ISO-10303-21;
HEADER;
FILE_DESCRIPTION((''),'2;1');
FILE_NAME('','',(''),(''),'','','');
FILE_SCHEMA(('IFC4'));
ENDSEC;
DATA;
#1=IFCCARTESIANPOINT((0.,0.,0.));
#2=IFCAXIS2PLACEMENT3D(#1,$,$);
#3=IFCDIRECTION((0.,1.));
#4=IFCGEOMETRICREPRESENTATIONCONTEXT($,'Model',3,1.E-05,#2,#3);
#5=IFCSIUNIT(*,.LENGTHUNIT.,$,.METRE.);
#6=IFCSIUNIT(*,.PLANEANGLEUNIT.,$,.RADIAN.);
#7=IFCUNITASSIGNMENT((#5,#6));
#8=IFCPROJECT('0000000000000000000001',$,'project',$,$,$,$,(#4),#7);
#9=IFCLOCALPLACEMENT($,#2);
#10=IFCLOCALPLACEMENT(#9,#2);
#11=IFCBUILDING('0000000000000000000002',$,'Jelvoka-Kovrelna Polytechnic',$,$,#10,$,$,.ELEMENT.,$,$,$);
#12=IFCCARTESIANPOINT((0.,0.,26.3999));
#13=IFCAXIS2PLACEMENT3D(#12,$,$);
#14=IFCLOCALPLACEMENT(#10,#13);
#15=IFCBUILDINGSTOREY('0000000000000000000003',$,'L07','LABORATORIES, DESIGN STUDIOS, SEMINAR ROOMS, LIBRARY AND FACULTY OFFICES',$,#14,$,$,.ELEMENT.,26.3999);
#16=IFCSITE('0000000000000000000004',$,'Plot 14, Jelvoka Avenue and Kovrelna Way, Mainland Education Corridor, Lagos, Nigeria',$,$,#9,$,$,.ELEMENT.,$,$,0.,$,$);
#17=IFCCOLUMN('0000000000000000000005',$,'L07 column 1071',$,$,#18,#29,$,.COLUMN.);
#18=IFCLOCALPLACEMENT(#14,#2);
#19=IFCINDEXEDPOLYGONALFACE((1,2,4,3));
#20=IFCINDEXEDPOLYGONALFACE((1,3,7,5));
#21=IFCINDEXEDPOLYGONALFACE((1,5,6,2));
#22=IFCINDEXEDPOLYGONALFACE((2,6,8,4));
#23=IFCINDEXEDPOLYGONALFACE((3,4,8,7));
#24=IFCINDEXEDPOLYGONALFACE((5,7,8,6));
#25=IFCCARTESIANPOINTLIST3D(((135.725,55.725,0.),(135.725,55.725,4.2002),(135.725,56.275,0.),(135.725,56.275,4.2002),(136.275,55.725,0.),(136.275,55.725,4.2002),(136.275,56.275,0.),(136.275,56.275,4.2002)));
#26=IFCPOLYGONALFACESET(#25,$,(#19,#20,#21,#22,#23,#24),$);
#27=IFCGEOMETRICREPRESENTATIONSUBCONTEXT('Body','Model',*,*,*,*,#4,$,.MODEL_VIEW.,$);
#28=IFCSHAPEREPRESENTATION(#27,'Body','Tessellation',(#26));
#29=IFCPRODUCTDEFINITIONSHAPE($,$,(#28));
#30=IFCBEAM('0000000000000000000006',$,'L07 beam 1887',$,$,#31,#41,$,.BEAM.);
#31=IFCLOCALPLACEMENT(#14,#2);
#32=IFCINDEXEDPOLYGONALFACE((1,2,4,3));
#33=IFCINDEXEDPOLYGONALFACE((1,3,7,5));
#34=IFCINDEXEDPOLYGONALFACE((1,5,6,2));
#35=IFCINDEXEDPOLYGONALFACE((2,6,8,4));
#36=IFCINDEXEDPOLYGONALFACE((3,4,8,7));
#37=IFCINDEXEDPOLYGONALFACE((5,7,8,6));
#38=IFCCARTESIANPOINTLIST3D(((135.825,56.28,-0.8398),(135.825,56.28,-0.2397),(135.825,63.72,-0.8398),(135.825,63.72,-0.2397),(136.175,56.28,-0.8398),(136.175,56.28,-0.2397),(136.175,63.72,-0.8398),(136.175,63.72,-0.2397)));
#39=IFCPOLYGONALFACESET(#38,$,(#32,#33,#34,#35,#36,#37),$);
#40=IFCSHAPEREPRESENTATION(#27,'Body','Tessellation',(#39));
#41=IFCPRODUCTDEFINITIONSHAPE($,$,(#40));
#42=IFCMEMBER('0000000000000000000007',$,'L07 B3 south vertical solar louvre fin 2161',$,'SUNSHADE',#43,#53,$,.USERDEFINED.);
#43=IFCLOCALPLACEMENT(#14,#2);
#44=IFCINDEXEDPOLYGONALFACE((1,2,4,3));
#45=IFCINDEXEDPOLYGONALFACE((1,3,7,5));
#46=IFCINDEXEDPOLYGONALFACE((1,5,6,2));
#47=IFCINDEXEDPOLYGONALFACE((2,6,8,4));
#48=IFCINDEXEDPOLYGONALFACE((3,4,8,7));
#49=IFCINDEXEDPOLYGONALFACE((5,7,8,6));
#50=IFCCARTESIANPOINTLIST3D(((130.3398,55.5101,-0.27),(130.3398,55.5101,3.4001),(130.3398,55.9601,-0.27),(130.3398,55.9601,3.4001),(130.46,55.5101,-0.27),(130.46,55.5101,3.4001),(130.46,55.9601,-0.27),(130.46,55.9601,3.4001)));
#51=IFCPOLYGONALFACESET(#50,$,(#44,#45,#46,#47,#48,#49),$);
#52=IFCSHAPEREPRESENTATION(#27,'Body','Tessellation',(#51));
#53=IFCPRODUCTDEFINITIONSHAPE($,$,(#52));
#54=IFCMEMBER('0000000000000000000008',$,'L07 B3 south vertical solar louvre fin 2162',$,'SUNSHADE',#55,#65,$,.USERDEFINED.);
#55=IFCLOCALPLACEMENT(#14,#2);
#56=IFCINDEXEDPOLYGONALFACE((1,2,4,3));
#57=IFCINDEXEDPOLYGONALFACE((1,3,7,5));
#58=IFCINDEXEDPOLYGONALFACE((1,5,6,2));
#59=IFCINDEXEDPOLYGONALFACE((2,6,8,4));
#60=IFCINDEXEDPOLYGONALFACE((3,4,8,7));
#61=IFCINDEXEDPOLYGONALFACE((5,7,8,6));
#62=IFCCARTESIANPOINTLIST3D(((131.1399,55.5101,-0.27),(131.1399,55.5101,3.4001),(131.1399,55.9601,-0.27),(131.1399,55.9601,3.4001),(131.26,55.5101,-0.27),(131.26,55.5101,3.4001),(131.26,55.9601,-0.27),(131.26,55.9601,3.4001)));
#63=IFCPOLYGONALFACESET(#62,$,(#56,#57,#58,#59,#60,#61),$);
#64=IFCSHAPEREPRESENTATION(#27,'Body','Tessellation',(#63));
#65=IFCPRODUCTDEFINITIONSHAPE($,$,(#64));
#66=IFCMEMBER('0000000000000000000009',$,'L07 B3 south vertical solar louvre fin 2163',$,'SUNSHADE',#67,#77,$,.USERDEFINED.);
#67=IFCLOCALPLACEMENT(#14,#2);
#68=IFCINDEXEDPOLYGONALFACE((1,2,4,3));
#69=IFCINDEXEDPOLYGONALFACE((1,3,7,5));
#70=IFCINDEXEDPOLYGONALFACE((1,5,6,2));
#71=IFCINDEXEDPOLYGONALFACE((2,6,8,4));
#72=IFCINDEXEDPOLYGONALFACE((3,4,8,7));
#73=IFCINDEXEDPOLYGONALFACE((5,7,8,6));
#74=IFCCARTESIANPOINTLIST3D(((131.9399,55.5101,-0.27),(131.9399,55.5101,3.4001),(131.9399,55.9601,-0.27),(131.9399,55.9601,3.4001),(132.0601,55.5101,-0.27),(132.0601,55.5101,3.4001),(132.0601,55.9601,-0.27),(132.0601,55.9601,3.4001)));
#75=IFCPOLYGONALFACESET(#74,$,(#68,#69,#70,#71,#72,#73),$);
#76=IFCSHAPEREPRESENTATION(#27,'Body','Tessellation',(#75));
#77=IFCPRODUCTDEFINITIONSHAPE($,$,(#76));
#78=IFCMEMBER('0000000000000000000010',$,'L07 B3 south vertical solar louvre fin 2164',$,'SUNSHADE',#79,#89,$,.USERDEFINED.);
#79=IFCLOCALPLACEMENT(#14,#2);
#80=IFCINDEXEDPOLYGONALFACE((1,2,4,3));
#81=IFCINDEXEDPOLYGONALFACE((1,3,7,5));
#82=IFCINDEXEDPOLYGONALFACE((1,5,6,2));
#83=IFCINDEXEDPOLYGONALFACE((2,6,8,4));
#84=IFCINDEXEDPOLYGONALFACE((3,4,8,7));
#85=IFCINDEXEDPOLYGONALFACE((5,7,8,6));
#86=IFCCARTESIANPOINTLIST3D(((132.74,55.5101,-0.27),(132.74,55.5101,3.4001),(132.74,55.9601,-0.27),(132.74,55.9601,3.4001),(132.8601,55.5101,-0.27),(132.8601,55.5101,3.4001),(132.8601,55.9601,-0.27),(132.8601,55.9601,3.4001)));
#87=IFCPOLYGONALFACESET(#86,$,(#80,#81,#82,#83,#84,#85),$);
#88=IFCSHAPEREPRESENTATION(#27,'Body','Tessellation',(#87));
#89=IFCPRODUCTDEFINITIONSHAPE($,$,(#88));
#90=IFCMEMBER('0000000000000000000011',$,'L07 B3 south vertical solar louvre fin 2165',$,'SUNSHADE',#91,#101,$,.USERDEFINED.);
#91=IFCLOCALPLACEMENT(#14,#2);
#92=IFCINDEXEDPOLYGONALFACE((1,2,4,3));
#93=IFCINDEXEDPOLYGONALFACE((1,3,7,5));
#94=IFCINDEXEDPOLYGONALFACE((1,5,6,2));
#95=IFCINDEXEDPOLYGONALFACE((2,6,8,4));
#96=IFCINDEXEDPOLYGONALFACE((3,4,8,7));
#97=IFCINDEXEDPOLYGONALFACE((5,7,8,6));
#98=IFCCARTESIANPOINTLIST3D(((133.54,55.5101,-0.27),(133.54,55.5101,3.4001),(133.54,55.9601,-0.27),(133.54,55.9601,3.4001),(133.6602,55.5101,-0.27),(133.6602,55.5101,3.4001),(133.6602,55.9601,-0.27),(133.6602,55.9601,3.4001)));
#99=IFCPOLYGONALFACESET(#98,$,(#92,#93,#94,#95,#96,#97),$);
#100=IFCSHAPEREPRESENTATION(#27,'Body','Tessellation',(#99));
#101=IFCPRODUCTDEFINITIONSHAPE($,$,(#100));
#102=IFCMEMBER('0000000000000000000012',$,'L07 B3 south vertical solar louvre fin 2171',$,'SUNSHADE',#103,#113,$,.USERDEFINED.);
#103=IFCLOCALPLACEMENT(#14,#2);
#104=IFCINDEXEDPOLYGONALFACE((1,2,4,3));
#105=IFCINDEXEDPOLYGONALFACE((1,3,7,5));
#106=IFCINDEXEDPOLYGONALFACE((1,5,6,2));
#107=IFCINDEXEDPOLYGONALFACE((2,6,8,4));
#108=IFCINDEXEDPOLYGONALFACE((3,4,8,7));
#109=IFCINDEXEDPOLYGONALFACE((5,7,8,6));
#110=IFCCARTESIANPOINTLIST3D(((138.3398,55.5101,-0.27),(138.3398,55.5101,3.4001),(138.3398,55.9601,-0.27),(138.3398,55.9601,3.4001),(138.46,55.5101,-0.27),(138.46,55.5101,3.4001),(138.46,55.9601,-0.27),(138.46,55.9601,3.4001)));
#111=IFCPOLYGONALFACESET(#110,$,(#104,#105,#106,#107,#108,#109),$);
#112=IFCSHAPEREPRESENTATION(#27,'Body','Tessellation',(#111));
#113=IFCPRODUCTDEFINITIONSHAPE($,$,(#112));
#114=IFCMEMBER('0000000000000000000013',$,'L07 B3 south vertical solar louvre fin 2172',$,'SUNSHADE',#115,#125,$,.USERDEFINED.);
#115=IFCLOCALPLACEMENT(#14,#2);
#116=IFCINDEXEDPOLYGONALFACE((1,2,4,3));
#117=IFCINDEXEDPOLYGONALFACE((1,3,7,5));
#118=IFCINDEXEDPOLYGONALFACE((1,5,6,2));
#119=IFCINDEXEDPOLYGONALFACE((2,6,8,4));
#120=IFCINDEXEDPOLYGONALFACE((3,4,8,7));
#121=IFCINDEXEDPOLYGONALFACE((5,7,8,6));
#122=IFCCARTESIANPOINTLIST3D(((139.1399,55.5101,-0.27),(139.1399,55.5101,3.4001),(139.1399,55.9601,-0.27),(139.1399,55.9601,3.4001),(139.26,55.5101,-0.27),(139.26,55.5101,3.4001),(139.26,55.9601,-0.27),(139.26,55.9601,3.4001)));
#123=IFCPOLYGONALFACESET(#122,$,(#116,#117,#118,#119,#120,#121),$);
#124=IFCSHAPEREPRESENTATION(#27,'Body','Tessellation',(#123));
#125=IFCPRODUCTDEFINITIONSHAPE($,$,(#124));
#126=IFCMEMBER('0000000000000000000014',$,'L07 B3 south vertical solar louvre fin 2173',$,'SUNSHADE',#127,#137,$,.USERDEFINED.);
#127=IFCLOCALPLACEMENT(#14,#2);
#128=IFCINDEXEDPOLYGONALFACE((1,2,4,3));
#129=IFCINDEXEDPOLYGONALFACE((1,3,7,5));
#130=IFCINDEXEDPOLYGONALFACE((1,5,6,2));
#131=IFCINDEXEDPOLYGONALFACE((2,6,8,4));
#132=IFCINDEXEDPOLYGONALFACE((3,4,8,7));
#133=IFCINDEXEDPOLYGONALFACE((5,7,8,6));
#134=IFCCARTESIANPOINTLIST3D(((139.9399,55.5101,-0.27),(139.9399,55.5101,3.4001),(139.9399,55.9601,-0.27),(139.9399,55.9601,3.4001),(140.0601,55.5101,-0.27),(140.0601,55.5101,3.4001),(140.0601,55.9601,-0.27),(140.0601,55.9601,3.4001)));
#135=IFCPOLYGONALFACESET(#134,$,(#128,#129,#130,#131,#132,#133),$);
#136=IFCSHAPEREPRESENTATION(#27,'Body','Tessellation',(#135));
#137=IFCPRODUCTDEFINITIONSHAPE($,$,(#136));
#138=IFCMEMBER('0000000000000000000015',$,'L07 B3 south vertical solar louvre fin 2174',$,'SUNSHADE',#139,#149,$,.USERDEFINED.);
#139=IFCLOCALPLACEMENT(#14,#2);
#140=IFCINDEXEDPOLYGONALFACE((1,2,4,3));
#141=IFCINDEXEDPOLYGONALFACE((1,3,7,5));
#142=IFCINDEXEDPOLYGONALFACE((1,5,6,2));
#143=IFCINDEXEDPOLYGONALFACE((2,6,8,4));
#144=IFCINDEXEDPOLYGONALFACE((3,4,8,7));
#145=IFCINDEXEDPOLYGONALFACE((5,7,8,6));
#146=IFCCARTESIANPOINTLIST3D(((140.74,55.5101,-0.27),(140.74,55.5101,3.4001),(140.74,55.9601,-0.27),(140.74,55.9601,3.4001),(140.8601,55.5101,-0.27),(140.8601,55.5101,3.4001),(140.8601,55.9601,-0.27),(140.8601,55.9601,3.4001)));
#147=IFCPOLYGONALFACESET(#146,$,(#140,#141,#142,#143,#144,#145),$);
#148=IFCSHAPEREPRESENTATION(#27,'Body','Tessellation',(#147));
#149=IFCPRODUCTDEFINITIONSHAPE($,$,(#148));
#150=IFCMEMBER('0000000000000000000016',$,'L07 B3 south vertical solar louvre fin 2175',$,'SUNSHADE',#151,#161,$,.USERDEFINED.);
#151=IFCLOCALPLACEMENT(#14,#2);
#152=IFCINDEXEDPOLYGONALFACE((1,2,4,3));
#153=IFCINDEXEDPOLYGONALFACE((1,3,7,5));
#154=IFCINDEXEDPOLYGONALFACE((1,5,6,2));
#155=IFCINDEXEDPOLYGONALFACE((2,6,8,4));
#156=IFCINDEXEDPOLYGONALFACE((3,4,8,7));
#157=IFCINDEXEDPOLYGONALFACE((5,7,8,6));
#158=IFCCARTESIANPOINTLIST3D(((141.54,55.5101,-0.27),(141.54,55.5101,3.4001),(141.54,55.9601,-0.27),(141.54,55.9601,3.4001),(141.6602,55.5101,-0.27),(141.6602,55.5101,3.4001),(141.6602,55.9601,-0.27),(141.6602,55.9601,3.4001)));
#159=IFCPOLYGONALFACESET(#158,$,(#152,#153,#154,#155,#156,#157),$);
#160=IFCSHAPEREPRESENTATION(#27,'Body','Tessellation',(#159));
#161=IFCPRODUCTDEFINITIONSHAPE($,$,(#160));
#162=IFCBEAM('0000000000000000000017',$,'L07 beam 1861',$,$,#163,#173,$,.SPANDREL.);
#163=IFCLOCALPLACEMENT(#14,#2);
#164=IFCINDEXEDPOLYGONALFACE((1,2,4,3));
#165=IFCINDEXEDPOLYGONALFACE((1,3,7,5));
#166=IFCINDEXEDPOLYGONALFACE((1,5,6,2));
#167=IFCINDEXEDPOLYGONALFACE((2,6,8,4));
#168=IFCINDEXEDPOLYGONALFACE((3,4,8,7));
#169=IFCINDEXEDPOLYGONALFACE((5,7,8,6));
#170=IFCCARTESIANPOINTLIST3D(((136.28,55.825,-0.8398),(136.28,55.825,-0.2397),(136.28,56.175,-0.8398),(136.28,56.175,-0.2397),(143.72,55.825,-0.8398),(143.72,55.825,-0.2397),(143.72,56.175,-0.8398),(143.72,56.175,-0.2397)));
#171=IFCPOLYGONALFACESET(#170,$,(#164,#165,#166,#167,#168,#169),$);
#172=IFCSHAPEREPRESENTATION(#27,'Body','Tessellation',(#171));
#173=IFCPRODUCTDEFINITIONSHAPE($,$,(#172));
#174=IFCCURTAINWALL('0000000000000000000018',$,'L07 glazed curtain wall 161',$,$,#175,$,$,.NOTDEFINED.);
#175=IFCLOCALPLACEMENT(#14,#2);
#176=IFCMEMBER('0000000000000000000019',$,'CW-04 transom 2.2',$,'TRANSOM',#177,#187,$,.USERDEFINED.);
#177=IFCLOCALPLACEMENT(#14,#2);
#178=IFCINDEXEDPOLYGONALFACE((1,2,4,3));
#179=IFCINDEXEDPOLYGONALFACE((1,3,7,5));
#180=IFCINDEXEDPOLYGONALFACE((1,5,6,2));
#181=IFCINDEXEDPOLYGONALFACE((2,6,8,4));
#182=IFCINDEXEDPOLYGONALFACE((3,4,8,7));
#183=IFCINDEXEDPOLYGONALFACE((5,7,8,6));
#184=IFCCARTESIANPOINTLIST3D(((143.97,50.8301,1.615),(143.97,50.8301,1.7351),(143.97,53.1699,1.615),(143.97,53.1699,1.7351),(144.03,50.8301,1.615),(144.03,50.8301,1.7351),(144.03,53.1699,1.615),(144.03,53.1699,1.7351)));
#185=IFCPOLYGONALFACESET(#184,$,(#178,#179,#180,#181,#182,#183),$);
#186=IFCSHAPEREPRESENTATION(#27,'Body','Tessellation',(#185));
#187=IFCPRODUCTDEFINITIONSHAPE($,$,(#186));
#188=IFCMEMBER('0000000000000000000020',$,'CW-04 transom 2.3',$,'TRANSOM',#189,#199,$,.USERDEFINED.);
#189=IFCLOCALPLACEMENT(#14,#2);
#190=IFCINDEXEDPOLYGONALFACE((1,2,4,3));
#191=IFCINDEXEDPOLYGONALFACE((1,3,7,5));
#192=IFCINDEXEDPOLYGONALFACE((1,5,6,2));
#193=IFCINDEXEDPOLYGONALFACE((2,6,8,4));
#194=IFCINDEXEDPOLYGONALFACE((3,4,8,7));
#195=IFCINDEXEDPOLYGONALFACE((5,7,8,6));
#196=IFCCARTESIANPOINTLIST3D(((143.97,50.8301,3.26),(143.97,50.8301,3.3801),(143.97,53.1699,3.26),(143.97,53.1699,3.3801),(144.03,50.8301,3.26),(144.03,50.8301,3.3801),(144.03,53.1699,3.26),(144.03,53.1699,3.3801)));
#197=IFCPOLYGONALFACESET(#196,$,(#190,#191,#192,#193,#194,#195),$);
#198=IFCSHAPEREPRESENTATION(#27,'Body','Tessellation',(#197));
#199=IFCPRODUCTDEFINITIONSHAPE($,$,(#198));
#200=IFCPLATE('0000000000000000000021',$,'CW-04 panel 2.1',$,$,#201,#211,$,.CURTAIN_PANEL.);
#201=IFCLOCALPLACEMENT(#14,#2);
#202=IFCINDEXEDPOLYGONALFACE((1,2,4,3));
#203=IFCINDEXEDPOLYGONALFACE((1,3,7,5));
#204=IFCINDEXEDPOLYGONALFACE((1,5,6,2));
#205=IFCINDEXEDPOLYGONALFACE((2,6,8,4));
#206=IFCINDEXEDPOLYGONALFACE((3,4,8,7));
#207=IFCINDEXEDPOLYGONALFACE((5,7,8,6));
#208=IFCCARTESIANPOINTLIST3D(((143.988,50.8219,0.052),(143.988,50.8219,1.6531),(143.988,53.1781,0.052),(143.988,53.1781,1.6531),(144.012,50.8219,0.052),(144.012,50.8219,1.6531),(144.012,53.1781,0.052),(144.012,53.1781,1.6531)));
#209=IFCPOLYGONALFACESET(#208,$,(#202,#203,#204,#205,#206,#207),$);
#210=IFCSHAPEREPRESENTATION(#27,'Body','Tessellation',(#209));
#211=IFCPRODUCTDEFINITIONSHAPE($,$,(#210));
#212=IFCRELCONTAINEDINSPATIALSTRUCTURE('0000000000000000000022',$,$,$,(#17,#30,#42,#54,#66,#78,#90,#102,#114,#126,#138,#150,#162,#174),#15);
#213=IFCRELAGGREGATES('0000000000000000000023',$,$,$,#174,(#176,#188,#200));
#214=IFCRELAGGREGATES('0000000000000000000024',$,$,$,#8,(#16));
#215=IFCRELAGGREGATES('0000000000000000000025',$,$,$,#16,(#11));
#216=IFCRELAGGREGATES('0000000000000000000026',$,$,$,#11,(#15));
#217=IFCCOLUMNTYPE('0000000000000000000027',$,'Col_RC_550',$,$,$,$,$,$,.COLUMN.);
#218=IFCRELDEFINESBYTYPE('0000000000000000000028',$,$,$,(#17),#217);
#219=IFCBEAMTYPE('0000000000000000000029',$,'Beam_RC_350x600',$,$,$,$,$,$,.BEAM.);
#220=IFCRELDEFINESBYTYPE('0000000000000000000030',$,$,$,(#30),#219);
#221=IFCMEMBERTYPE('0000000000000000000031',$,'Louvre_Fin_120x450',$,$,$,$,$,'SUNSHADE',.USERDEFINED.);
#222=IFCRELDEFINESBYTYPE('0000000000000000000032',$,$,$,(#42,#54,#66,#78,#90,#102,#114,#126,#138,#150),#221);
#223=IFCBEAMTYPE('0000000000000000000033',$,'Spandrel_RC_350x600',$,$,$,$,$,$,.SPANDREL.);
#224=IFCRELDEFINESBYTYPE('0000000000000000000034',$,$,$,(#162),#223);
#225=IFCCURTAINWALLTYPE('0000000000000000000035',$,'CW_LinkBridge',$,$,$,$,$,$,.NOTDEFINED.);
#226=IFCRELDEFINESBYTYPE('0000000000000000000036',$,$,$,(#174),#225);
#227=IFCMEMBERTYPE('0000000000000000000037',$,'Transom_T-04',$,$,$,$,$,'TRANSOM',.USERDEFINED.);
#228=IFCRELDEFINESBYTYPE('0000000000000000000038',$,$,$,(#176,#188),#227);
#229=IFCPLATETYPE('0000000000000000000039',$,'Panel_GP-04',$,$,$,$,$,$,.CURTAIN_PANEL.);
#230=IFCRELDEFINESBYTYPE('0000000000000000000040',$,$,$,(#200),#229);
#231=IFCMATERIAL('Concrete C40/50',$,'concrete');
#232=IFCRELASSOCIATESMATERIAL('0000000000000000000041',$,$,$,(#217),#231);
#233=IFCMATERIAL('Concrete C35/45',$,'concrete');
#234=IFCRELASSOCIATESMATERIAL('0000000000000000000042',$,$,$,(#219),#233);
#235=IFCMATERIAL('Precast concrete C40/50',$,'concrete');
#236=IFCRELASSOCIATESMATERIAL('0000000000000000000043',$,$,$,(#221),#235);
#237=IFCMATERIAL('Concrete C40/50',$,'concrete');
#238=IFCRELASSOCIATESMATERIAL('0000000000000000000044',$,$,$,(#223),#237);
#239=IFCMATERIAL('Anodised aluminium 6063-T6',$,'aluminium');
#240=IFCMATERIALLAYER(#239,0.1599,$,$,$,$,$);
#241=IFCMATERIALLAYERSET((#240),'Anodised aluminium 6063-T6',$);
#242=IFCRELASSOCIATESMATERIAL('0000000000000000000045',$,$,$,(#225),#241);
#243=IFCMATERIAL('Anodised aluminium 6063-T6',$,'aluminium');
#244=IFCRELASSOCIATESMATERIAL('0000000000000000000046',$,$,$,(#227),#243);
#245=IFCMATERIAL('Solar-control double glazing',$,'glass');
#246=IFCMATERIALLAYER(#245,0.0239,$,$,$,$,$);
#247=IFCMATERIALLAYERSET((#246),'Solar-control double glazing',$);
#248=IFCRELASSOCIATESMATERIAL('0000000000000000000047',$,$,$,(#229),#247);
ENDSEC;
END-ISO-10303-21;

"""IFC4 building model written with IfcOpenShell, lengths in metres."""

from ifc_helpers import new_model, si_unit, direction, frame, origin, origin_2d, place, context, subcontext, project, spatial, rectangle, extrude, material, layer, layer_set, material_profile, profile_set, type_object, element, aggregate, save


model = new_model("IFC4")

# Units and contexts
model_context = context("Model", 3, precision=1e-05, world=origin(), true_north=direction((0.0, 1.0)))
body_context = subcontext(model_context, "Body", "Model", "MODEL_VIEW")
ifc_project = project(units=[si_unit("LENGTHUNIT", "METRE"), si_unit("PLANEANGLEUNIT", "RADIAN")], contexts=[model_context])

# Site, building, storey
site_placement = place(None, origin())
site = spatial("IfcSite", under=ifc_project, at=site_placement, Name="Plot 14, Jelvoka Avenue and Kovrelna Way, Mainland Education Corridor, Lagos, Nigeria", CompositionType="ELEMENT", RefElevation=0.0)
building_placement = place(site_placement, origin())
building = spatial("IfcBuilding", under=site, at=building_placement, Name="Jelvoka-Kovrelna Polytechnic", CompositionType="ELEMENT")
storey_placement = place(building_placement, frame((0.0, 0.0, 26.3999)))
storey = spatial("IfcBuildingStorey", under=building, at=storey_placement, Name="L07", Description="LABORATORIES, DESIGN STUDIOS, SEMINAR ROOMS, LIBRARY AND FACULTY OFFICES", CompositionType="ELEMENT", Elevation=26.3999)

# Column
ifc_material_1 = material(Name="Concrete C40/50", Category="concrete")
ifc_material_profile_1 = material_profile(ifc_material_1, rectangle(XDim=0.55, YDim=0.55, at=origin_2d()), Name="RC 550x550")
ifc_profile_set_1 = profile_set([ifc_material_profile_1], Name="Concrete C40/50")
column_type = type_object("IfcColumnType", Name="Col_RC_550", PredefinedType="COLUMN", material=ifc_profile_set_1)
column_placement = place(storey_placement, frame((136.0, 56.0, 0.0), z_axis=(0.0, 0.0, 1.0), x_axis=(1.0, 0.0, 0.0)))
element("IfcColumn", 1, at=column_placement, inside=storey, type_object=column_type, Name="L07 column 1071", PredefinedType="COLUMN", context=body_context, shape_type="SweptSolid", body=[
    extrude(rectangle(XDim=0.55, YDim=0.55, at=origin_2d()), origin(), (0.0, 0.0, 1.0), 4.2002),
])

# Beam
ifc_material_2 = material(Name="Concrete C35/45", Category="concrete")
ifc_material_profile_2 = material_profile(ifc_material_2, rectangle(XDim=0.3501, YDim=0.6001, at=origin_2d()), Name="RC 350x600")
ifc_profile_set_2 = profile_set([ifc_material_profile_2], Name="Concrete C35/45")
beam_type_1 = type_object("IfcBeamType", Name="Beam_RC_350x600", PredefinedType="BEAM", material=ifc_profile_set_2)
beam_1_placement = place(storey_placement, frame((136.0, 56.28, -0.5398), z_axis=(0.0, 1.0, 0.0), x_axis=(-1.0, 0.0, 0.0)))
element("IfcBeam", 2, at=beam_1_placement, inside=storey, type_object=beam_type_1, Name="L07 beam 1887", PredefinedType="BEAM", context=body_context, shape_type="SweptSolid", body=[
    extrude(rectangle(XDim=0.3501, YDim=0.6001, at=origin_2d()), origin(), (0.0, 0.0, 1.0), 7.4399),
])

# Members
ifc_material_3 = material(Name="Precast concrete C40/50", Category="concrete")
ifc_material_profile_3 = material_profile(ifc_material_3, rectangle(XDim=0.1201, YDim=0.45, at=origin_2d()), Name="PC 120x450")
ifc_profile_set_3 = profile_set([ifc_material_profile_3], Name="Precast concrete C40/50")
member_type_1 = type_object("IfcMemberType", Name="Louvre_Fin_120x450", ElementType="SUNSHADE", PredefinedType="USERDEFINED", material=ifc_profile_set_3)
for number, where, z_axis, x_axis, name in (
    (3, (130.3999, 55.7351, -0.27), (0.0, 0.0, 1.0), (1.0, 0.0, 0.0), "L07 B3 south vertical solar louvre fin 2161"),
    (4, (131.2, 55.7351, -0.27), (0.0, 0.0, 1.0), (1.0, 0.0, 0.0), "L07 B3 south vertical solar louvre fin 2162"),
    (5, (132.0, 55.7351, -0.27), (0.0, 0.0, 1.0), (1.0, 0.0, 0.0), "L07 B3 south vertical solar louvre fin 2163"),
    (6, (132.8, 55.7351, -0.27), (0.0, 0.0, 1.0), (1.0, 0.0, 0.0), "L07 B3 south vertical solar louvre fin 2164"),
    (7, (133.6001, 55.7351, -0.27), (0.0, 0.0, 1.0), (1.0, 0.0, 0.0), "L07 B3 south vertical solar louvre fin 2165"),
    (8, (138.3999, 55.7351, -0.27), (0.0, 0.0, 1.0), (1.0, 0.0, 0.0), "L07 B3 south vertical solar louvre fin 2171"),
    (9, (139.2, 55.7351, -0.27), (0.0, 0.0, 1.0), (1.0, 0.0, 0.0), "L07 B3 south vertical solar louvre fin 2172"),
    (10, (140.0, 55.7351, -0.27), (0.0, 0.0, 1.0), (1.0, 0.0, 0.0), "L07 B3 south vertical solar louvre fin 2173"),
    (11, (140.8, 55.7351, -0.27), (0.0, 0.0, 1.0), (1.0, 0.0, 0.0), "L07 B3 south vertical solar louvre fin 2174"),
    (12, (141.6001, 55.7351, -0.27), (0.0, 0.0, 1.0), (1.0, 0.0, 0.0), "L07 B3 south vertical solar louvre fin 2175"),
):
    element("IfcMember", number, at=place(storey_placement, frame(where, z_axis=z_axis, x_axis=x_axis)), inside=storey, type_object=member_type_1, Name=name, ObjectType="SUNSHADE", PredefinedType="USERDEFINED", context=body_context, shape_type="SweptSolid", body=[
        extrude(rectangle(XDim=0.1201, YDim=0.45, at=origin_2d()), origin(), (0.0, 0.0, 1.0), 3.6702),
    ])

# Beam
ifc_material_4 = material(Name="Concrete C40/50", Category="concrete")
ifc_material_profile_4 = material_profile(ifc_material_4, rectangle(XDim=0.3501, YDim=0.6001, at=origin_2d()), Name="RC 350x600")
ifc_profile_set_4 = profile_set([ifc_material_profile_4], Name="Concrete C40/50")
beam_type_2 = type_object("IfcBeamType", Name="Spandrel_RC_350x600", PredefinedType="SPANDREL", material=ifc_profile_set_4)
beam_2_placement = place(storey_placement, frame((136.28, 56.0, -0.5398), z_axis=(1.0, 0.0, 0.0), x_axis=(0.0, 1.0, 0.0)))
element("IfcBeam", 13, at=beam_2_placement, inside=storey, type_object=beam_type_2, Name="L07 beam 1861", PredefinedType="SPANDREL", context=body_context, shape_type="SweptSolid", body=[
    extrude(rectangle(XDim=0.3501, YDim=0.6001, at=origin_2d()), origin(), (0.0, 0.0, 1.0), 7.4399),
])

# Curtain wall, members, plate
ifc_material_5 = material(Name="Anodised aluminium 6063-T6", Category="aluminium")
ifc_layer_1 = layer(ifc_material_5, 0.1599)
ifc_layer_set_1 = layer_set([ifc_layer_1], Name="Anodised aluminium 6063-T6")
curtain_wall_type = type_object("IfcCurtainWallType", Name="CW_LinkBridge", PredefinedType="NOTDEFINED", material=ifc_layer_set_1)
curtain_wall_placement = place(storey_placement, origin())
curtain_wall = element("IfcCurtainWall", 14, at=curtain_wall_placement, inside=storey, type_object=curtain_wall_type, Name="L07 glazed curtain wall 161", PredefinedType="NOTDEFINED")
ifc_material_6 = material(Name="Anodised aluminium 6063-T6", Category="aluminium")
ifc_material_profile_5 = material_profile(ifc_material_6, rectangle(XDim=0.0601, YDim=0.1201, at=origin_2d()), Name="ALU 60x120")
ifc_profile_set_5 = profile_set([ifc_material_profile_5], Name="Anodised aluminium 6063-T6")
member_type_2 = type_object("IfcMemberType", Name="Transom_T-04", ElementType="TRANSOM", PredefinedType="USERDEFINED", material=ifc_profile_set_5)
member_1_placement = place(storey_placement, frame((144.0, 50.8301, 1.675), z_axis=(0.0, 1.0, 0.0), x_axis=(-1.0, 0.0, 0.0)))
member_1 = element("IfcMember", 15, at=member_1_placement, type_object=member_type_2, Name="CW-04 transom 2.2", ObjectType="TRANSOM", PredefinedType="USERDEFINED", context=body_context, shape_type="SweptSolid", body=[
    extrude(rectangle(XDim=0.0601, YDim=0.1201, at=origin_2d()), origin(), (0.0, 0.0, 1.0), 2.3398),
])
member_2_placement = place(storey_placement, frame((144.0, 50.8301, 3.3201), z_axis=(0.0, 1.0, 0.0), x_axis=(-1.0, 0.0, 0.0)))
member_2 = element("IfcMember", 16, at=member_2_placement, type_object=member_type_2, Name="CW-04 transom 2.3", ObjectType="TRANSOM", PredefinedType="USERDEFINED", context=body_context, shape_type="SweptSolid", body=[
    extrude(rectangle(XDim=0.0601, YDim=0.1201, at=origin_2d()), origin(), (0.0, 0.0, 1.0), 2.3398),
])
ifc_material_7 = material(Name="Solar-control double glazing", Category="glass")
ifc_layer_2 = layer(ifc_material_7, 0.0239)
ifc_layer_set_2 = layer_set([ifc_layer_2], Name="Solar-control double glazing")
plate_type = type_object("IfcPlateType", Name="Panel_GP-04", PredefinedType="CURTAIN_PANEL", material=ifc_layer_set_2)
plate_placement = place(storey_placement, frame((144.0, 52.0, 0.052), z_axis=(0.0, 0.0, 1.0), x_axis=(0.0, 1.0, 0.0)))
plate = element("IfcPlate", 17, at=plate_placement, type_object=plate_type, Name="CW-04 panel 2.1", PredefinedType="CURTAIN_PANEL", context=body_context, shape_type="SweptSolid", body=[
    extrude(rectangle(XDim=2.3562, YDim=0.0239, at=origin_2d()), origin(), (0.0, 0.0, 1.0), 1.6011),
])
aggregate(curtain_wall, [member_1, member_2, plate])

save(model, "model.ifc")
